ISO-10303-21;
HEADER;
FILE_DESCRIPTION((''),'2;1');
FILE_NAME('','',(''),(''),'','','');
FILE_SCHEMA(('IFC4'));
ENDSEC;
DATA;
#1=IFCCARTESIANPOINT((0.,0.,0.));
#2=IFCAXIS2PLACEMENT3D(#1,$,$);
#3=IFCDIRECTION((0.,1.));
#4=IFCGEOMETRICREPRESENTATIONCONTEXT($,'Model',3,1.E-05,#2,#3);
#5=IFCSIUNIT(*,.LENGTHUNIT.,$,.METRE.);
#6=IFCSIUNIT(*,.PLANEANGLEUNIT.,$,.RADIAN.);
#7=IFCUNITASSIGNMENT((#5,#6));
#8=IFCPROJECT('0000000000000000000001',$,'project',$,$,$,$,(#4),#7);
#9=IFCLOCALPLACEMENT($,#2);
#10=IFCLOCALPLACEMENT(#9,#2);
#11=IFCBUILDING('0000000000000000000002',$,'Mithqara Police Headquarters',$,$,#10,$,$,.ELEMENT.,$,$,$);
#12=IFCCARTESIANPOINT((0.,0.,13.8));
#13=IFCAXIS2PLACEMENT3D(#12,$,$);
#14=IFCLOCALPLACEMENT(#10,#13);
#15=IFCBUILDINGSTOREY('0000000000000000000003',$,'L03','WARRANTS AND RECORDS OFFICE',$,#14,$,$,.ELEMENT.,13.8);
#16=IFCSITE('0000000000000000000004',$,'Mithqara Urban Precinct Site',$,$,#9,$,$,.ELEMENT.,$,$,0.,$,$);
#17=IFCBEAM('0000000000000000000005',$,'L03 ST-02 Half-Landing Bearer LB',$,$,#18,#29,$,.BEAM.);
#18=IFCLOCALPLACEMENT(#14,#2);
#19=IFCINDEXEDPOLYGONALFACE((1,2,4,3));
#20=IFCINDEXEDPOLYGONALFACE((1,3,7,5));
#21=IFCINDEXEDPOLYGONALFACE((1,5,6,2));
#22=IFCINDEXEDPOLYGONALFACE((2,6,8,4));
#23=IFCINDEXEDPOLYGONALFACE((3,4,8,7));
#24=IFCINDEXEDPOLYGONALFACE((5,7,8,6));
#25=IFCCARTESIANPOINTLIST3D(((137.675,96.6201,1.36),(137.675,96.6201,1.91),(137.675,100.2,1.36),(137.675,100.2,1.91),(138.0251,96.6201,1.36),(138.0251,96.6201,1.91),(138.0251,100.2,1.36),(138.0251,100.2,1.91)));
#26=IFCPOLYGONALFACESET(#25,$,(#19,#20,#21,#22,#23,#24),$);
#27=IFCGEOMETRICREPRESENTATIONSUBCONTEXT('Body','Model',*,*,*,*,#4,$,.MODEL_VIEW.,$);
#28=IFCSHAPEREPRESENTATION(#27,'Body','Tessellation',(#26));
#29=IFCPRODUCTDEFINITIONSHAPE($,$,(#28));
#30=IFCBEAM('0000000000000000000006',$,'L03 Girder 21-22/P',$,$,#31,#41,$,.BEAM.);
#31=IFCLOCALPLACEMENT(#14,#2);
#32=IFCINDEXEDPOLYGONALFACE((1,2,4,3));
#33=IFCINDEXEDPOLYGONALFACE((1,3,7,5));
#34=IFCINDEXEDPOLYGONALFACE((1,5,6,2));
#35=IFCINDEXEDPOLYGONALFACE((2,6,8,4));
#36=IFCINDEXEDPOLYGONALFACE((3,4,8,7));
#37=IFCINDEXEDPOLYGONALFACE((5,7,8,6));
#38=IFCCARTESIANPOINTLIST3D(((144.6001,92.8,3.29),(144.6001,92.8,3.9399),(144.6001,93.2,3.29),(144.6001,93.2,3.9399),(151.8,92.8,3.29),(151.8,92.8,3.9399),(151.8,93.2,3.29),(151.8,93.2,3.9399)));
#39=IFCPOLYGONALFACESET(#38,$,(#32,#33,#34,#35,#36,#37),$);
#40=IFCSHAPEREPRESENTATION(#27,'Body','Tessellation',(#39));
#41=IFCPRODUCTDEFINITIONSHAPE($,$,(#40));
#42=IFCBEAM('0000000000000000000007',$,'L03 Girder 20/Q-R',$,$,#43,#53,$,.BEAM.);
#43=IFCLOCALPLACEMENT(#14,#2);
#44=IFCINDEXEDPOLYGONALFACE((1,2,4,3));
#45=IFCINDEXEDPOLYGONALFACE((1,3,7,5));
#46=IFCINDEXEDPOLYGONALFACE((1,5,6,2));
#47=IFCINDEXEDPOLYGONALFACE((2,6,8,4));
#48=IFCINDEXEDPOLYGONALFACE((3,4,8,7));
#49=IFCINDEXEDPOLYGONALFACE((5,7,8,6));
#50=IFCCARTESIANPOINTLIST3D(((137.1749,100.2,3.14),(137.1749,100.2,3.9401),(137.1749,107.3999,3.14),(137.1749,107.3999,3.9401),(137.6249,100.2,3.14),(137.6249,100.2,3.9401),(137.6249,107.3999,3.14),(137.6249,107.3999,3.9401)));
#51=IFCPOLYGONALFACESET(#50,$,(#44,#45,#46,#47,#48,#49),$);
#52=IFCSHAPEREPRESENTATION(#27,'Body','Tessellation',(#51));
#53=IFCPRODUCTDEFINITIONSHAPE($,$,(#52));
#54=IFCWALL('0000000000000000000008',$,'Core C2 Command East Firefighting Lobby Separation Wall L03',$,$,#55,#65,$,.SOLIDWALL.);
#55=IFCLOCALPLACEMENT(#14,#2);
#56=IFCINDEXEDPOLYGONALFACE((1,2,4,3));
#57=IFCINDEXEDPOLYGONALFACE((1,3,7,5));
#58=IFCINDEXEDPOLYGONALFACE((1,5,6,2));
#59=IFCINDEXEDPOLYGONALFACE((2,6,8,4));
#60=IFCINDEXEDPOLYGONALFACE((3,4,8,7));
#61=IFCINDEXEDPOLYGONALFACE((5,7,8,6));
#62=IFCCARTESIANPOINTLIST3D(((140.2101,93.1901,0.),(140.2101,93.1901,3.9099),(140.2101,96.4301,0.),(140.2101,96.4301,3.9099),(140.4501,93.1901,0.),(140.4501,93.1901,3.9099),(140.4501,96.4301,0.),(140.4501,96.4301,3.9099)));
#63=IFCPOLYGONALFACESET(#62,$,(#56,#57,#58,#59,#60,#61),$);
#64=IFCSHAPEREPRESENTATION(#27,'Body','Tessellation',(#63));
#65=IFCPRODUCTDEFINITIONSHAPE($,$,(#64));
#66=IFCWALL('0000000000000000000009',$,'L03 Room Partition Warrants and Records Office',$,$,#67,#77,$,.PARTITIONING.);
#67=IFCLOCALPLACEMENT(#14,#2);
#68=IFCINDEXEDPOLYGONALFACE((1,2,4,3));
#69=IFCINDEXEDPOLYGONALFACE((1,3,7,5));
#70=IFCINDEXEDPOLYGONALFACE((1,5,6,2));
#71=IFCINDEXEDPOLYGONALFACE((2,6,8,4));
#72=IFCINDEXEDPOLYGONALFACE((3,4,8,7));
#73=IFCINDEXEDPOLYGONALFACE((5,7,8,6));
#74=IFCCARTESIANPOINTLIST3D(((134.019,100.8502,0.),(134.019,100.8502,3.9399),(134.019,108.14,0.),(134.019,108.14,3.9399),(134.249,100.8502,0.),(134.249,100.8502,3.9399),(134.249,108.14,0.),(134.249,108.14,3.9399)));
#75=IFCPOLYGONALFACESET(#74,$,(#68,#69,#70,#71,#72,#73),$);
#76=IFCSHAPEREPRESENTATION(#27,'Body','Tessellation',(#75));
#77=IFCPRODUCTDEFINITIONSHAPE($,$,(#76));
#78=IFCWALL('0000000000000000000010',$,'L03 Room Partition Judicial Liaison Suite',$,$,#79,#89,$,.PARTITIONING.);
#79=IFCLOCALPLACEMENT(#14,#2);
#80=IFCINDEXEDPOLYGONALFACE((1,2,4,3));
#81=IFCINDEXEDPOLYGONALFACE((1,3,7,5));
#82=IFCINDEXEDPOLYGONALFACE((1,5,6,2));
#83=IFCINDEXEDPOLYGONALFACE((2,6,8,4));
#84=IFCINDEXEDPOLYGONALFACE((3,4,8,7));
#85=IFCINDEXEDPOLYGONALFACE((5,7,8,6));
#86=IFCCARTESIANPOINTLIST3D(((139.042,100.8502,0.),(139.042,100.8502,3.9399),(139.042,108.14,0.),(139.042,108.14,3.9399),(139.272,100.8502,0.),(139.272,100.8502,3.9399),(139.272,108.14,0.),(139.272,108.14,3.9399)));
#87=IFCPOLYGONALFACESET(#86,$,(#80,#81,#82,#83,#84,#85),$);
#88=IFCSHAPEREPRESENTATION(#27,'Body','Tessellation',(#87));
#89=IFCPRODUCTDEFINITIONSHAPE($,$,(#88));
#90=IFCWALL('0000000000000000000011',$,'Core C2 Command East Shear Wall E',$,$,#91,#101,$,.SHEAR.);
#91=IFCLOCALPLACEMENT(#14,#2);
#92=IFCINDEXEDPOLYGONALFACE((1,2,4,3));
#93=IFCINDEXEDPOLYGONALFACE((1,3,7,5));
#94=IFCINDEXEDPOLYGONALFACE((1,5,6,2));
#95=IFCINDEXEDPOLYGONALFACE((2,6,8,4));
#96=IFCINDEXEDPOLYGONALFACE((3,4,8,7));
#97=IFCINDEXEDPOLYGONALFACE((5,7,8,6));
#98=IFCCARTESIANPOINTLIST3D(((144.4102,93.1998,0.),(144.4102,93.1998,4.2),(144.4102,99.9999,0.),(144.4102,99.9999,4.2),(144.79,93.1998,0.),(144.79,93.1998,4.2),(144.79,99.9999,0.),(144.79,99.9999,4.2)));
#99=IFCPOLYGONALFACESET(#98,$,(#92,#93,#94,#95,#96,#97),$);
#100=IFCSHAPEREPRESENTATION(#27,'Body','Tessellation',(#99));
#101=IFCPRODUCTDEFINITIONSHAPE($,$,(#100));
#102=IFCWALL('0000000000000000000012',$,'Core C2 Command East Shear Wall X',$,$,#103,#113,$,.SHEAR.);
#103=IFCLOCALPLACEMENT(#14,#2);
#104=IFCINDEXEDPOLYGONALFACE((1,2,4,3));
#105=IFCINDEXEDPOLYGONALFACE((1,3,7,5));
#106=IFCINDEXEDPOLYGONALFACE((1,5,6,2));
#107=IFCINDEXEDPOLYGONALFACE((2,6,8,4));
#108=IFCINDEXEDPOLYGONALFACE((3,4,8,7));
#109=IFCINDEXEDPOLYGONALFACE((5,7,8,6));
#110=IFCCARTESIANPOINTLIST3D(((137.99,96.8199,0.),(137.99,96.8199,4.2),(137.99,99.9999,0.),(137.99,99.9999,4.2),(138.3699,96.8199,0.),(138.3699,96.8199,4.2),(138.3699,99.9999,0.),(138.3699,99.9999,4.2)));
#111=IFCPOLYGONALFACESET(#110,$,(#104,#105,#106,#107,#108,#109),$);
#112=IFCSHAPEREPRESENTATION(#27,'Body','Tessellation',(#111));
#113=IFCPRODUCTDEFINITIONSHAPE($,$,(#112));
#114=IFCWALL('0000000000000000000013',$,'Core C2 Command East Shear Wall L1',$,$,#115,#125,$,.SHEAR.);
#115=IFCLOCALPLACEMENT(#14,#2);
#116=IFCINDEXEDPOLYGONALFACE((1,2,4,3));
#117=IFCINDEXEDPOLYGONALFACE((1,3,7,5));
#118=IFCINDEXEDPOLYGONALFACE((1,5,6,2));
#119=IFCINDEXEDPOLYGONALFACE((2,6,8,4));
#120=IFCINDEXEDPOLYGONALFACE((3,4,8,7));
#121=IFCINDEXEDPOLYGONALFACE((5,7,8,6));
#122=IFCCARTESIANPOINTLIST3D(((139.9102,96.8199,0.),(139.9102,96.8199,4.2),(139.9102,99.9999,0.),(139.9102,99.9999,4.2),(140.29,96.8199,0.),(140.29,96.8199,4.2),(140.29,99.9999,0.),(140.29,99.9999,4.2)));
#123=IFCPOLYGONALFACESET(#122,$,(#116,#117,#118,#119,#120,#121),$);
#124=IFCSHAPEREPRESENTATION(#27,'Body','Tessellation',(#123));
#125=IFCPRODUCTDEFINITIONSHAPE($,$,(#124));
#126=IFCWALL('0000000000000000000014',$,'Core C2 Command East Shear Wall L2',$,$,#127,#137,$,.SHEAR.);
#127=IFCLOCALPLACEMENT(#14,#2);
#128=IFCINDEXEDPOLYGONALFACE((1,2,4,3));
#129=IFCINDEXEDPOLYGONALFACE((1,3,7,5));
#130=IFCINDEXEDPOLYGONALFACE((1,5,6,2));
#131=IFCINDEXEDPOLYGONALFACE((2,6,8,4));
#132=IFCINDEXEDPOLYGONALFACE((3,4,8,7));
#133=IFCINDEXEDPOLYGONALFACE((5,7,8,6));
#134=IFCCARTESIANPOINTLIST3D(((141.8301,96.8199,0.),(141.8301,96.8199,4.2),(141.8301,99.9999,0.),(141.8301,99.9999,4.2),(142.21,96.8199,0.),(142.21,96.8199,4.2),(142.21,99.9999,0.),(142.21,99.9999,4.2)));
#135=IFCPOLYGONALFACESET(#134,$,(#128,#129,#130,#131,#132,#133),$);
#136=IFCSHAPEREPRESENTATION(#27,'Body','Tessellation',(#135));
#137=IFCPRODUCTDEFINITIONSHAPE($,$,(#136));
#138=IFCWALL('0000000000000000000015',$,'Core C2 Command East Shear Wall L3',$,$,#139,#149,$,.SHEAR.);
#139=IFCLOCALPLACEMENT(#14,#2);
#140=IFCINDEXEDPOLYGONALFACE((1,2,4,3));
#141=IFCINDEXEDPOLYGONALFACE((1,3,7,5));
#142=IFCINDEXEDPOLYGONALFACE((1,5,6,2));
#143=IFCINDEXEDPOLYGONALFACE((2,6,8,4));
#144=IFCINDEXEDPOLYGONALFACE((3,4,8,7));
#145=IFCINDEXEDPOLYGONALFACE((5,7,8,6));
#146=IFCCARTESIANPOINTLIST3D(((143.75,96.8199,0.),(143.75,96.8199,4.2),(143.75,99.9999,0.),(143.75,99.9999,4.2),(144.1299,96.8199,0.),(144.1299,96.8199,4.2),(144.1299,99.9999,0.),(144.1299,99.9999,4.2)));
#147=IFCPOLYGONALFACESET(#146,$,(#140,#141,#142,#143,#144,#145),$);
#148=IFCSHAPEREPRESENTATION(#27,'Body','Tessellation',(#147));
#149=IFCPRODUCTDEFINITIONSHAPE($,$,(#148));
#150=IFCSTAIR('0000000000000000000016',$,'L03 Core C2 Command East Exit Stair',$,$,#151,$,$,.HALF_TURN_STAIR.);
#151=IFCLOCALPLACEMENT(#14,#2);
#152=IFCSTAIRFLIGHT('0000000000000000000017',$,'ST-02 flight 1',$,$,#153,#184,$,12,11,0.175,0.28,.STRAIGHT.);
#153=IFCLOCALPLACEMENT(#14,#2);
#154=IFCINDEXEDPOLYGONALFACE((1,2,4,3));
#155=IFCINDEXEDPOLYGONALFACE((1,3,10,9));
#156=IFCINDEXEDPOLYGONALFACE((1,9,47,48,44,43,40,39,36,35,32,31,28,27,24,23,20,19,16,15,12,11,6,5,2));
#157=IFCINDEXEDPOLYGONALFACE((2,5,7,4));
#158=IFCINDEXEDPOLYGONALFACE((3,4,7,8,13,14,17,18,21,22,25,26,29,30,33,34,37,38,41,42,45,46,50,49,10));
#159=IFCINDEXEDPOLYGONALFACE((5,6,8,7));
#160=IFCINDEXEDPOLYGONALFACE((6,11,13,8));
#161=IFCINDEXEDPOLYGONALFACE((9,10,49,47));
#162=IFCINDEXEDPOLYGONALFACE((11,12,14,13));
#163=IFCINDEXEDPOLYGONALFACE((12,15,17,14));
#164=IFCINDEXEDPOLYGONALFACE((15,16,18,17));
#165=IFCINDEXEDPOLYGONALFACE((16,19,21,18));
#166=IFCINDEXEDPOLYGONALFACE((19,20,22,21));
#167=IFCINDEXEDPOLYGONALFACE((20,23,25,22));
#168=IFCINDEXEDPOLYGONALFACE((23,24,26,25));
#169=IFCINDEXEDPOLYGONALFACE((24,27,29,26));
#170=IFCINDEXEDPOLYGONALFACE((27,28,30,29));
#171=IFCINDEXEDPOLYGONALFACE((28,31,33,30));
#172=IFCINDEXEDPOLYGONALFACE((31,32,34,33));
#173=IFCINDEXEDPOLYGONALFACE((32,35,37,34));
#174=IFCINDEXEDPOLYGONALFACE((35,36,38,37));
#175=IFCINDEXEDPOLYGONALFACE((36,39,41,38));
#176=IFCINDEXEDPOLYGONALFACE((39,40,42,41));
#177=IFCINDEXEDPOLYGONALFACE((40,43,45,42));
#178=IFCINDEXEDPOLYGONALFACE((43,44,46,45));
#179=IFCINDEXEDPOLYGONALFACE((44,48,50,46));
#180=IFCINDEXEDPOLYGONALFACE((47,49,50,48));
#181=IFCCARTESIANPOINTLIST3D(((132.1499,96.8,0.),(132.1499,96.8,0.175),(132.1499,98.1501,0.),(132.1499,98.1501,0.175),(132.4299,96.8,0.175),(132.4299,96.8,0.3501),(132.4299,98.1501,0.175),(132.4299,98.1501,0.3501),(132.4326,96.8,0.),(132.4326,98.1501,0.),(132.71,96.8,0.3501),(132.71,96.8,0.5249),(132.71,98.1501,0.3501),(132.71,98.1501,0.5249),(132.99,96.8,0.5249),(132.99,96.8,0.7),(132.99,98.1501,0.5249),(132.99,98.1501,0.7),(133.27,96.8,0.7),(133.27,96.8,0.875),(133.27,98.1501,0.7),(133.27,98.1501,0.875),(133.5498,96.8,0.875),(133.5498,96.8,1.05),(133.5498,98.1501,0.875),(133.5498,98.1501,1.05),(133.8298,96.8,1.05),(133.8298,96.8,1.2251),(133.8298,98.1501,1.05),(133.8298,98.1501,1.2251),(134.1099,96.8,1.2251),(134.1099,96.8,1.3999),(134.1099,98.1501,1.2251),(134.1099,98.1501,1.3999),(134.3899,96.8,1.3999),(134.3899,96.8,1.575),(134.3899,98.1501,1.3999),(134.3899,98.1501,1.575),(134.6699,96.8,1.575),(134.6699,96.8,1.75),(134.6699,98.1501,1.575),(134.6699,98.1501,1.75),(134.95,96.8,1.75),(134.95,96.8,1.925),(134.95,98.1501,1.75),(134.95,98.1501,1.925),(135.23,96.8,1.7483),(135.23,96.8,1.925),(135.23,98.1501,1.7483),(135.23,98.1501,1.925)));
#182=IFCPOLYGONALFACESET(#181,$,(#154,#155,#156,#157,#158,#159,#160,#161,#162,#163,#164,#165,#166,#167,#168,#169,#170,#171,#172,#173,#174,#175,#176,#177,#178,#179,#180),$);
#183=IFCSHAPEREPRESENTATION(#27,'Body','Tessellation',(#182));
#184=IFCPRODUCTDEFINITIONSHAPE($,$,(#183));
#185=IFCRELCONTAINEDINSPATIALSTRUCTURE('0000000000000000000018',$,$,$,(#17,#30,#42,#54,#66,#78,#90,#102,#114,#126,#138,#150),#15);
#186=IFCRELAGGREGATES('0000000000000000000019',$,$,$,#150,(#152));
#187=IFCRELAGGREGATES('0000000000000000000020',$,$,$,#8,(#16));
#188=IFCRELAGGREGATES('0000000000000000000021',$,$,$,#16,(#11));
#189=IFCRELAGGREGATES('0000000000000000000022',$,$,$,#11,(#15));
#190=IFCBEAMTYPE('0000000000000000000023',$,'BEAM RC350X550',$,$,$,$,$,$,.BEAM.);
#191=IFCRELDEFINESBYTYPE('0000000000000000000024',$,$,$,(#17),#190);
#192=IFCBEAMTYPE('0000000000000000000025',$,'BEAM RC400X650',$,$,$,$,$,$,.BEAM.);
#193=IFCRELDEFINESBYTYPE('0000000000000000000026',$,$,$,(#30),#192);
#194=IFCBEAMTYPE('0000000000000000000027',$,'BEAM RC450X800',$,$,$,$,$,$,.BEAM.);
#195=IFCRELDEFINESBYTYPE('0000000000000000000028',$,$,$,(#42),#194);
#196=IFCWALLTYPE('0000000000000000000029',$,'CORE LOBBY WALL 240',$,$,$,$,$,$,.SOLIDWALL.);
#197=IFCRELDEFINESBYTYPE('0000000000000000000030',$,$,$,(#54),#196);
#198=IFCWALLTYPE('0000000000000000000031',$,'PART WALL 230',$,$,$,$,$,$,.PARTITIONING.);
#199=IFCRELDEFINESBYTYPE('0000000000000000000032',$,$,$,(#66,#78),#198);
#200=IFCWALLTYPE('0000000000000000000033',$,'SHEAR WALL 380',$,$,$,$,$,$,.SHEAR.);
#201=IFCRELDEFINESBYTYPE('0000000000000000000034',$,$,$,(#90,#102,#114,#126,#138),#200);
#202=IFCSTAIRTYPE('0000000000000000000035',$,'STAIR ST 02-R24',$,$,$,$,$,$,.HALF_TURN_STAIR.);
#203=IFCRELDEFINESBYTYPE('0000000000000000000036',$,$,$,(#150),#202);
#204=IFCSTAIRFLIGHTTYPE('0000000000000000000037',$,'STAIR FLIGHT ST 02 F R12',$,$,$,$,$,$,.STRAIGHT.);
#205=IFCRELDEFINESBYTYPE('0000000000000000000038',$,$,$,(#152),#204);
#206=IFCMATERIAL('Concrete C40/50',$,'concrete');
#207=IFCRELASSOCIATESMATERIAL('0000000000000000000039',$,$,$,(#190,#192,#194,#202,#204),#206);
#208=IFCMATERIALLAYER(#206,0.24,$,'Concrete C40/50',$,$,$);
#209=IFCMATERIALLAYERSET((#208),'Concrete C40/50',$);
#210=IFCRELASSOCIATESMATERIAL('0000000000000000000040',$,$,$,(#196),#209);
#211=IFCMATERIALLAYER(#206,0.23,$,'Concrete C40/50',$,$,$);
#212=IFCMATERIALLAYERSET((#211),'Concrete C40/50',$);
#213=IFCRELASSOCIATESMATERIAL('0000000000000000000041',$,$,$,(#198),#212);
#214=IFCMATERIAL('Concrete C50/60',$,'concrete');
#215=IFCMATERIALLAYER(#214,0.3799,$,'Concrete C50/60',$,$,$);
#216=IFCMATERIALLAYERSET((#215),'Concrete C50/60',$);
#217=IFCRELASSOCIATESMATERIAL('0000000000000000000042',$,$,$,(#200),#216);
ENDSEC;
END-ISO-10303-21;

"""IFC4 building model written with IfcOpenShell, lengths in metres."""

from ifc_helpers import new_model, si_unit, direction, frame, frame_2d, origin, origin_2d, place, context, subcontext, project, spatial, polyline, rectangle, outline, extrude, material, layer, layer_set, material_profile, profile_set, type_object, element, aggregate, save


model = new_model("IFC4")

# Units and contexts
model_context = context("Model", 3, precision=1e-05, world=origin(), true_north=direction((0.0, 1.0)))
body_context = subcontext(model_context, "Body", "Model", "MODEL_VIEW")
ifc_project = project(units=[si_unit("LENGTHUNIT", "METRE"), si_unit("PLANEANGLEUNIT", "RADIAN")], contexts=[model_context])

# Site, building, storey
site_placement = place(None, origin())
site = spatial("IfcSite", under=ifc_project, at=site_placement, Name="Mithqara Urban Precinct Site", CompositionType="ELEMENT", RefElevation=0.0)
building_placement = place(site_placement, origin())
building = spatial("IfcBuilding", under=site, at=building_placement, Name="Mithqara Police Headquarters", CompositionType="ELEMENT")
storey_placement = place(building_placement, frame((0.0, 0.0, 13.8)))
storey = spatial("IfcBuildingStorey", under=building, at=storey_placement, Name="L03", Description="WARRANTS AND RECORDS OFFICE", CompositionType="ELEMENT", Elevation=13.8)

# Beams
ifc_material_1 = material(Name="Concrete C40/50", Category="concrete")
ifc_material_profile_1 = material_profile(ifc_material_1, rectangle(XDim=0.3501, YDim=0.55, at=origin_2d()), Name="RC 350x550")
ifc_profile_set_1 = profile_set([ifc_material_profile_1], Name="Concrete C40/50")
beam_type_1 = type_object("IfcBeamType", Name="BEAM RC350X550", PredefinedType="BEAM", material=ifc_profile_set_1)
for number, where, z_axis, x_axis, name in (
    (1, (137.8501, 96.6201, 1.635), (0.0, 1.0, 0.0), (-1.0, 0.0, 0.0), "L03 ST-02 Half-Landing Bearer LB"),
):
    element("IfcBeam", number, at=place(storey_placement, frame(where, z_axis=z_axis, x_axis=x_axis)), inside=storey, type_object=beam_type_1, Name=name, PredefinedType="BEAM", context=body_context, shape_type="SweptSolid", body=[
        extrude(rectangle(XDim=0.3501, YDim=0.55, at=origin_2d()), origin(), (0.0, 0.0, 1.0), 3.5798),
    ])
ifc_material_profile_2 = material_profile(ifc_material_1, rectangle(XDim=0.3999, YDim=0.6499, at=origin_2d()), Name="RC 400x650")
ifc_profile_set_2 = profile_set([ifc_material_profile_2], Name="Concrete C40/50")
beam_type_2 = type_object("IfcBeamType", Name="BEAM RC400X650", PredefinedType="BEAM", material=ifc_profile_set_2)
beam_1_placement = place(storey_placement, frame((144.6001, 93.0, 3.615), z_axis=(1.0, 0.0, 0.0), x_axis=(0.0, 1.0, 0.0)))
element("IfcBeam", 2, at=beam_1_placement, inside=storey, type_object=beam_type_2, Name="L03 Girder 21-22/P", PredefinedType="BEAM", context=body_context, shape_type="SweptSolid", body=[
    extrude(rectangle(XDim=0.3999, YDim=0.6499, at=origin_2d()), origin(), (0.0, 0.0, 1.0), 7.2),
])
ifc_material_profile_3 = material_profile(ifc_material_1, rectangle(XDim=0.45, YDim=0.8, at=origin_2d()), Name="RC 450x800")
ifc_profile_set_3 = profile_set([ifc_material_profile_3], Name="Concrete C40/50")
beam_type_3 = type_object("IfcBeamType", Name="BEAM RC450X800", PredefinedType="BEAM", material=ifc_profile_set_3)
beam_2_placement = place(storey_placement, frame((137.3999, 100.2, 3.54), z_axis=(0.0, 1.0, 0.0), x_axis=(-1.0, 0.0, 0.0)))
element("IfcBeam", 3, at=beam_2_placement, inside=storey, type_object=beam_type_3, Name="L03 Girder 20/Q-R", PredefinedType="BEAM", context=body_context, shape_type="SweptSolid", body=[
    extrude(rectangle(XDim=0.45, YDim=0.8, at=origin_2d()), origin(), (0.0, 0.0, 1.0), 7.2),
])

# Walls
ifc_layer_1 = layer(ifc_material_1, 0.24, Name="Concrete C40/50")
ifc_layer_set_1 = layer_set([ifc_layer_1], Name="Concrete C40/50")
wall_type_1 = type_object("IfcWallType", Name="CORE LOBBY WALL 240", PredefinedType="SOLIDWALL", material=ifc_layer_set_1)
wall_1_placement = place(storey_placement, frame((140.3301, 93.1899, 0.0), z_axis=(0.0, 0.0, 1.0), x_axis=(0.0, 1.0, 0.0)))
element("IfcWall", 4, at=wall_1_placement, inside=storey, type_object=wall_type_1, Name="Core C2 Command East Firefighting Lobby Separation Wall L03", PredefinedType="SOLIDWALL", context=body_context, shape_type="SweptSolid", body=[
    extrude(rectangle(XDim=3.24, YDim=0.24, at=frame_2d((1.6201, 0.0))), origin(), (0.0, 0.0, 1.0), 3.9099),
])
ifc_layer_2 = layer(ifc_material_1, 0.23, Name="Concrete C40/50")
ifc_layer_set_2 = layer_set([ifc_layer_2], Name="Concrete C40/50")
wall_type_2 = type_object("IfcWallType", Name="PART WALL 230", PredefinedType="PARTITIONING", material=ifc_layer_set_2)
for number, where, z_axis, x_axis, name in (
    (5, (134.134, 100.8501, 0.0), (0.0, 0.0, 1.0), (0.0, 1.0, 0.0), "L03 Room Partition Warrants and Records Office"),
    (6, (139.157, 100.8501, 0.0), (0.0, 0.0, 1.0), (0.0, 1.0, 0.0), "L03 Room Partition Judicial Liaison Suite"),
):
    element("IfcWall", number, at=place(storey_placement, frame(where, z_axis=z_axis, x_axis=x_axis)), inside=storey, type_object=wall_type_2, Name=name, PredefinedType="PARTITIONING", context=body_context, shape_type="SweptSolid", body=[
        extrude(rectangle(XDim=7.2898, YDim=0.23, at=frame_2d((3.645, 0.0))), origin(), (0.0, 0.0, 1.0), 3.9399),
    ])
ifc_material_2 = material(Name="Concrete C50/60", Category="concrete")
ifc_layer_3 = layer(ifc_material_2, 0.3799, Name="Concrete C50/60")
ifc_layer_set_3 = layer_set([ifc_layer_3], Name="Concrete C50/60")
wall_type_3 = type_object("IfcWallType", Name="SHEAR WALL 380", PredefinedType="SHEAR", material=ifc_layer_set_3)
wall_2_placement = place(storey_placement, frame((144.6001, 93.2, 0.0), z_axis=(0.0, 0.0, 1.0), x_axis=(0.0, 1.0, 0.0)))
element("IfcWall", 7, at=wall_2_placement, inside=storey, type_object=wall_type_3, Name="Core C2 Command East Shear Wall E", PredefinedType="SHEAR", context=body_context, shape_type="SweptSolid", body=[
    extrude(rectangle(XDim=6.8, YDim=0.3799, at=frame_2d((3.3999, 0.0))), origin(), (0.0, 0.0, 1.0), 4.2),
])
for number, where, z_axis, x_axis, name in (
    (8, (138.1799, 96.8201, 0.0), (0.0, 0.0, 1.0), (0.0, 1.0, 0.0), "Core C2 Command East Shear Wall X"),
    (9, (140.1001, 96.8201, 0.0), (0.0, 0.0, 1.0), (0.0, 1.0, 0.0), "Core C2 Command East Shear Wall L1"),
    (10, (142.02, 96.8201, 0.0), (0.0, 0.0, 1.0), (0.0, 1.0, 0.0), "Core C2 Command East Shear Wall L2"),
    (11, (143.9399, 96.8201, 0.0), (0.0, 0.0, 1.0), (0.0, 1.0, 0.0), "Core C2 Command East Shear Wall L3"),
):
    element("IfcWall", number, at=place(storey_placement, frame(where, z_axis=z_axis, x_axis=x_axis)), inside=storey, type_object=wall_type_3, Name=name, PredefinedType="SHEAR", context=body_context, shape_type="SweptSolid", body=[
        extrude(rectangle(XDim=3.1799, YDim=0.3799, at=frame_2d((1.5898, 0.0))), origin(), (0.0, 0.0, 1.0), 4.2),
    ])

# Stair, stair flight
stair_type = type_object("IfcStairType", Name="STAIR ST 02-R24", PredefinedType="HALF_TURN_STAIR", material=ifc_material_1)
stair_placement = place(storey_placement, origin())
stair = element("IfcStair", 12, at=stair_placement, inside=storey, type_object=stair_type, Name="L03 Core C2 Command East Exit Stair", PredefinedType="HALF_TURN_STAIR")
stair_flight_type = type_object("IfcStairFlightType", Name="STAIR FLIGHT ST 02 F R12", PredefinedType="STRAIGHT", material=ifc_material_1)
stair_flight_1_placement = place(storey_placement, frame((132.1499, 97.4751, 0.0), z_axis=(0.0, 0.0, 1.0), x_axis=(1.0, 0.0, 0.0)))
stair_flight_1 = element("IfcStairFlight", 13, at=stair_flight_1_placement, type_object=stair_flight_type, Name="ST-02 flight 1", NumberOfRisers=12, NumberOfTreads=11, PredefinedType="STRAIGHT", RiserHeight=0.175, TreadLength=0.28, context=body_context, shape_type="SweptSolid", body=[
    extrude(outline(polyline([(0.0, 0.0), (0.0, 0.175), (0.28, 0.175), (0.28, 0.3501), (0.5601, 0.3501), (0.5601, 0.5249), (0.8401, 0.5249), (0.8401, 0.7), (1.1201, 0.7), (1.1201, 0.875), (1.3999, 0.875), (1.3999, 1.05), (1.6799, 1.05), (1.6799, 1.2251), (1.96, 1.2251), (1.96, 1.3999), (2.24, 1.3999), (2.24, 1.575), (2.52, 1.575), (2.52, 1.75), (2.8, 1.75), (2.8, 1.925), (3.0801, 1.925), (3.0801, 2.1001), (3.0801, 1.7483), (0.2827, 0.0), (0.0, 0.0)])), frame((0.0, 0.675, 0.0), z_axis=(0.0, -1.0, 0.0), x_axis=(1.0, 0.0, 0.0)), (0.0, 0.0, 1.0), 1.3501),
])
aggregate(stair, [stair_flight_1])

save(model, "model.ifc")
